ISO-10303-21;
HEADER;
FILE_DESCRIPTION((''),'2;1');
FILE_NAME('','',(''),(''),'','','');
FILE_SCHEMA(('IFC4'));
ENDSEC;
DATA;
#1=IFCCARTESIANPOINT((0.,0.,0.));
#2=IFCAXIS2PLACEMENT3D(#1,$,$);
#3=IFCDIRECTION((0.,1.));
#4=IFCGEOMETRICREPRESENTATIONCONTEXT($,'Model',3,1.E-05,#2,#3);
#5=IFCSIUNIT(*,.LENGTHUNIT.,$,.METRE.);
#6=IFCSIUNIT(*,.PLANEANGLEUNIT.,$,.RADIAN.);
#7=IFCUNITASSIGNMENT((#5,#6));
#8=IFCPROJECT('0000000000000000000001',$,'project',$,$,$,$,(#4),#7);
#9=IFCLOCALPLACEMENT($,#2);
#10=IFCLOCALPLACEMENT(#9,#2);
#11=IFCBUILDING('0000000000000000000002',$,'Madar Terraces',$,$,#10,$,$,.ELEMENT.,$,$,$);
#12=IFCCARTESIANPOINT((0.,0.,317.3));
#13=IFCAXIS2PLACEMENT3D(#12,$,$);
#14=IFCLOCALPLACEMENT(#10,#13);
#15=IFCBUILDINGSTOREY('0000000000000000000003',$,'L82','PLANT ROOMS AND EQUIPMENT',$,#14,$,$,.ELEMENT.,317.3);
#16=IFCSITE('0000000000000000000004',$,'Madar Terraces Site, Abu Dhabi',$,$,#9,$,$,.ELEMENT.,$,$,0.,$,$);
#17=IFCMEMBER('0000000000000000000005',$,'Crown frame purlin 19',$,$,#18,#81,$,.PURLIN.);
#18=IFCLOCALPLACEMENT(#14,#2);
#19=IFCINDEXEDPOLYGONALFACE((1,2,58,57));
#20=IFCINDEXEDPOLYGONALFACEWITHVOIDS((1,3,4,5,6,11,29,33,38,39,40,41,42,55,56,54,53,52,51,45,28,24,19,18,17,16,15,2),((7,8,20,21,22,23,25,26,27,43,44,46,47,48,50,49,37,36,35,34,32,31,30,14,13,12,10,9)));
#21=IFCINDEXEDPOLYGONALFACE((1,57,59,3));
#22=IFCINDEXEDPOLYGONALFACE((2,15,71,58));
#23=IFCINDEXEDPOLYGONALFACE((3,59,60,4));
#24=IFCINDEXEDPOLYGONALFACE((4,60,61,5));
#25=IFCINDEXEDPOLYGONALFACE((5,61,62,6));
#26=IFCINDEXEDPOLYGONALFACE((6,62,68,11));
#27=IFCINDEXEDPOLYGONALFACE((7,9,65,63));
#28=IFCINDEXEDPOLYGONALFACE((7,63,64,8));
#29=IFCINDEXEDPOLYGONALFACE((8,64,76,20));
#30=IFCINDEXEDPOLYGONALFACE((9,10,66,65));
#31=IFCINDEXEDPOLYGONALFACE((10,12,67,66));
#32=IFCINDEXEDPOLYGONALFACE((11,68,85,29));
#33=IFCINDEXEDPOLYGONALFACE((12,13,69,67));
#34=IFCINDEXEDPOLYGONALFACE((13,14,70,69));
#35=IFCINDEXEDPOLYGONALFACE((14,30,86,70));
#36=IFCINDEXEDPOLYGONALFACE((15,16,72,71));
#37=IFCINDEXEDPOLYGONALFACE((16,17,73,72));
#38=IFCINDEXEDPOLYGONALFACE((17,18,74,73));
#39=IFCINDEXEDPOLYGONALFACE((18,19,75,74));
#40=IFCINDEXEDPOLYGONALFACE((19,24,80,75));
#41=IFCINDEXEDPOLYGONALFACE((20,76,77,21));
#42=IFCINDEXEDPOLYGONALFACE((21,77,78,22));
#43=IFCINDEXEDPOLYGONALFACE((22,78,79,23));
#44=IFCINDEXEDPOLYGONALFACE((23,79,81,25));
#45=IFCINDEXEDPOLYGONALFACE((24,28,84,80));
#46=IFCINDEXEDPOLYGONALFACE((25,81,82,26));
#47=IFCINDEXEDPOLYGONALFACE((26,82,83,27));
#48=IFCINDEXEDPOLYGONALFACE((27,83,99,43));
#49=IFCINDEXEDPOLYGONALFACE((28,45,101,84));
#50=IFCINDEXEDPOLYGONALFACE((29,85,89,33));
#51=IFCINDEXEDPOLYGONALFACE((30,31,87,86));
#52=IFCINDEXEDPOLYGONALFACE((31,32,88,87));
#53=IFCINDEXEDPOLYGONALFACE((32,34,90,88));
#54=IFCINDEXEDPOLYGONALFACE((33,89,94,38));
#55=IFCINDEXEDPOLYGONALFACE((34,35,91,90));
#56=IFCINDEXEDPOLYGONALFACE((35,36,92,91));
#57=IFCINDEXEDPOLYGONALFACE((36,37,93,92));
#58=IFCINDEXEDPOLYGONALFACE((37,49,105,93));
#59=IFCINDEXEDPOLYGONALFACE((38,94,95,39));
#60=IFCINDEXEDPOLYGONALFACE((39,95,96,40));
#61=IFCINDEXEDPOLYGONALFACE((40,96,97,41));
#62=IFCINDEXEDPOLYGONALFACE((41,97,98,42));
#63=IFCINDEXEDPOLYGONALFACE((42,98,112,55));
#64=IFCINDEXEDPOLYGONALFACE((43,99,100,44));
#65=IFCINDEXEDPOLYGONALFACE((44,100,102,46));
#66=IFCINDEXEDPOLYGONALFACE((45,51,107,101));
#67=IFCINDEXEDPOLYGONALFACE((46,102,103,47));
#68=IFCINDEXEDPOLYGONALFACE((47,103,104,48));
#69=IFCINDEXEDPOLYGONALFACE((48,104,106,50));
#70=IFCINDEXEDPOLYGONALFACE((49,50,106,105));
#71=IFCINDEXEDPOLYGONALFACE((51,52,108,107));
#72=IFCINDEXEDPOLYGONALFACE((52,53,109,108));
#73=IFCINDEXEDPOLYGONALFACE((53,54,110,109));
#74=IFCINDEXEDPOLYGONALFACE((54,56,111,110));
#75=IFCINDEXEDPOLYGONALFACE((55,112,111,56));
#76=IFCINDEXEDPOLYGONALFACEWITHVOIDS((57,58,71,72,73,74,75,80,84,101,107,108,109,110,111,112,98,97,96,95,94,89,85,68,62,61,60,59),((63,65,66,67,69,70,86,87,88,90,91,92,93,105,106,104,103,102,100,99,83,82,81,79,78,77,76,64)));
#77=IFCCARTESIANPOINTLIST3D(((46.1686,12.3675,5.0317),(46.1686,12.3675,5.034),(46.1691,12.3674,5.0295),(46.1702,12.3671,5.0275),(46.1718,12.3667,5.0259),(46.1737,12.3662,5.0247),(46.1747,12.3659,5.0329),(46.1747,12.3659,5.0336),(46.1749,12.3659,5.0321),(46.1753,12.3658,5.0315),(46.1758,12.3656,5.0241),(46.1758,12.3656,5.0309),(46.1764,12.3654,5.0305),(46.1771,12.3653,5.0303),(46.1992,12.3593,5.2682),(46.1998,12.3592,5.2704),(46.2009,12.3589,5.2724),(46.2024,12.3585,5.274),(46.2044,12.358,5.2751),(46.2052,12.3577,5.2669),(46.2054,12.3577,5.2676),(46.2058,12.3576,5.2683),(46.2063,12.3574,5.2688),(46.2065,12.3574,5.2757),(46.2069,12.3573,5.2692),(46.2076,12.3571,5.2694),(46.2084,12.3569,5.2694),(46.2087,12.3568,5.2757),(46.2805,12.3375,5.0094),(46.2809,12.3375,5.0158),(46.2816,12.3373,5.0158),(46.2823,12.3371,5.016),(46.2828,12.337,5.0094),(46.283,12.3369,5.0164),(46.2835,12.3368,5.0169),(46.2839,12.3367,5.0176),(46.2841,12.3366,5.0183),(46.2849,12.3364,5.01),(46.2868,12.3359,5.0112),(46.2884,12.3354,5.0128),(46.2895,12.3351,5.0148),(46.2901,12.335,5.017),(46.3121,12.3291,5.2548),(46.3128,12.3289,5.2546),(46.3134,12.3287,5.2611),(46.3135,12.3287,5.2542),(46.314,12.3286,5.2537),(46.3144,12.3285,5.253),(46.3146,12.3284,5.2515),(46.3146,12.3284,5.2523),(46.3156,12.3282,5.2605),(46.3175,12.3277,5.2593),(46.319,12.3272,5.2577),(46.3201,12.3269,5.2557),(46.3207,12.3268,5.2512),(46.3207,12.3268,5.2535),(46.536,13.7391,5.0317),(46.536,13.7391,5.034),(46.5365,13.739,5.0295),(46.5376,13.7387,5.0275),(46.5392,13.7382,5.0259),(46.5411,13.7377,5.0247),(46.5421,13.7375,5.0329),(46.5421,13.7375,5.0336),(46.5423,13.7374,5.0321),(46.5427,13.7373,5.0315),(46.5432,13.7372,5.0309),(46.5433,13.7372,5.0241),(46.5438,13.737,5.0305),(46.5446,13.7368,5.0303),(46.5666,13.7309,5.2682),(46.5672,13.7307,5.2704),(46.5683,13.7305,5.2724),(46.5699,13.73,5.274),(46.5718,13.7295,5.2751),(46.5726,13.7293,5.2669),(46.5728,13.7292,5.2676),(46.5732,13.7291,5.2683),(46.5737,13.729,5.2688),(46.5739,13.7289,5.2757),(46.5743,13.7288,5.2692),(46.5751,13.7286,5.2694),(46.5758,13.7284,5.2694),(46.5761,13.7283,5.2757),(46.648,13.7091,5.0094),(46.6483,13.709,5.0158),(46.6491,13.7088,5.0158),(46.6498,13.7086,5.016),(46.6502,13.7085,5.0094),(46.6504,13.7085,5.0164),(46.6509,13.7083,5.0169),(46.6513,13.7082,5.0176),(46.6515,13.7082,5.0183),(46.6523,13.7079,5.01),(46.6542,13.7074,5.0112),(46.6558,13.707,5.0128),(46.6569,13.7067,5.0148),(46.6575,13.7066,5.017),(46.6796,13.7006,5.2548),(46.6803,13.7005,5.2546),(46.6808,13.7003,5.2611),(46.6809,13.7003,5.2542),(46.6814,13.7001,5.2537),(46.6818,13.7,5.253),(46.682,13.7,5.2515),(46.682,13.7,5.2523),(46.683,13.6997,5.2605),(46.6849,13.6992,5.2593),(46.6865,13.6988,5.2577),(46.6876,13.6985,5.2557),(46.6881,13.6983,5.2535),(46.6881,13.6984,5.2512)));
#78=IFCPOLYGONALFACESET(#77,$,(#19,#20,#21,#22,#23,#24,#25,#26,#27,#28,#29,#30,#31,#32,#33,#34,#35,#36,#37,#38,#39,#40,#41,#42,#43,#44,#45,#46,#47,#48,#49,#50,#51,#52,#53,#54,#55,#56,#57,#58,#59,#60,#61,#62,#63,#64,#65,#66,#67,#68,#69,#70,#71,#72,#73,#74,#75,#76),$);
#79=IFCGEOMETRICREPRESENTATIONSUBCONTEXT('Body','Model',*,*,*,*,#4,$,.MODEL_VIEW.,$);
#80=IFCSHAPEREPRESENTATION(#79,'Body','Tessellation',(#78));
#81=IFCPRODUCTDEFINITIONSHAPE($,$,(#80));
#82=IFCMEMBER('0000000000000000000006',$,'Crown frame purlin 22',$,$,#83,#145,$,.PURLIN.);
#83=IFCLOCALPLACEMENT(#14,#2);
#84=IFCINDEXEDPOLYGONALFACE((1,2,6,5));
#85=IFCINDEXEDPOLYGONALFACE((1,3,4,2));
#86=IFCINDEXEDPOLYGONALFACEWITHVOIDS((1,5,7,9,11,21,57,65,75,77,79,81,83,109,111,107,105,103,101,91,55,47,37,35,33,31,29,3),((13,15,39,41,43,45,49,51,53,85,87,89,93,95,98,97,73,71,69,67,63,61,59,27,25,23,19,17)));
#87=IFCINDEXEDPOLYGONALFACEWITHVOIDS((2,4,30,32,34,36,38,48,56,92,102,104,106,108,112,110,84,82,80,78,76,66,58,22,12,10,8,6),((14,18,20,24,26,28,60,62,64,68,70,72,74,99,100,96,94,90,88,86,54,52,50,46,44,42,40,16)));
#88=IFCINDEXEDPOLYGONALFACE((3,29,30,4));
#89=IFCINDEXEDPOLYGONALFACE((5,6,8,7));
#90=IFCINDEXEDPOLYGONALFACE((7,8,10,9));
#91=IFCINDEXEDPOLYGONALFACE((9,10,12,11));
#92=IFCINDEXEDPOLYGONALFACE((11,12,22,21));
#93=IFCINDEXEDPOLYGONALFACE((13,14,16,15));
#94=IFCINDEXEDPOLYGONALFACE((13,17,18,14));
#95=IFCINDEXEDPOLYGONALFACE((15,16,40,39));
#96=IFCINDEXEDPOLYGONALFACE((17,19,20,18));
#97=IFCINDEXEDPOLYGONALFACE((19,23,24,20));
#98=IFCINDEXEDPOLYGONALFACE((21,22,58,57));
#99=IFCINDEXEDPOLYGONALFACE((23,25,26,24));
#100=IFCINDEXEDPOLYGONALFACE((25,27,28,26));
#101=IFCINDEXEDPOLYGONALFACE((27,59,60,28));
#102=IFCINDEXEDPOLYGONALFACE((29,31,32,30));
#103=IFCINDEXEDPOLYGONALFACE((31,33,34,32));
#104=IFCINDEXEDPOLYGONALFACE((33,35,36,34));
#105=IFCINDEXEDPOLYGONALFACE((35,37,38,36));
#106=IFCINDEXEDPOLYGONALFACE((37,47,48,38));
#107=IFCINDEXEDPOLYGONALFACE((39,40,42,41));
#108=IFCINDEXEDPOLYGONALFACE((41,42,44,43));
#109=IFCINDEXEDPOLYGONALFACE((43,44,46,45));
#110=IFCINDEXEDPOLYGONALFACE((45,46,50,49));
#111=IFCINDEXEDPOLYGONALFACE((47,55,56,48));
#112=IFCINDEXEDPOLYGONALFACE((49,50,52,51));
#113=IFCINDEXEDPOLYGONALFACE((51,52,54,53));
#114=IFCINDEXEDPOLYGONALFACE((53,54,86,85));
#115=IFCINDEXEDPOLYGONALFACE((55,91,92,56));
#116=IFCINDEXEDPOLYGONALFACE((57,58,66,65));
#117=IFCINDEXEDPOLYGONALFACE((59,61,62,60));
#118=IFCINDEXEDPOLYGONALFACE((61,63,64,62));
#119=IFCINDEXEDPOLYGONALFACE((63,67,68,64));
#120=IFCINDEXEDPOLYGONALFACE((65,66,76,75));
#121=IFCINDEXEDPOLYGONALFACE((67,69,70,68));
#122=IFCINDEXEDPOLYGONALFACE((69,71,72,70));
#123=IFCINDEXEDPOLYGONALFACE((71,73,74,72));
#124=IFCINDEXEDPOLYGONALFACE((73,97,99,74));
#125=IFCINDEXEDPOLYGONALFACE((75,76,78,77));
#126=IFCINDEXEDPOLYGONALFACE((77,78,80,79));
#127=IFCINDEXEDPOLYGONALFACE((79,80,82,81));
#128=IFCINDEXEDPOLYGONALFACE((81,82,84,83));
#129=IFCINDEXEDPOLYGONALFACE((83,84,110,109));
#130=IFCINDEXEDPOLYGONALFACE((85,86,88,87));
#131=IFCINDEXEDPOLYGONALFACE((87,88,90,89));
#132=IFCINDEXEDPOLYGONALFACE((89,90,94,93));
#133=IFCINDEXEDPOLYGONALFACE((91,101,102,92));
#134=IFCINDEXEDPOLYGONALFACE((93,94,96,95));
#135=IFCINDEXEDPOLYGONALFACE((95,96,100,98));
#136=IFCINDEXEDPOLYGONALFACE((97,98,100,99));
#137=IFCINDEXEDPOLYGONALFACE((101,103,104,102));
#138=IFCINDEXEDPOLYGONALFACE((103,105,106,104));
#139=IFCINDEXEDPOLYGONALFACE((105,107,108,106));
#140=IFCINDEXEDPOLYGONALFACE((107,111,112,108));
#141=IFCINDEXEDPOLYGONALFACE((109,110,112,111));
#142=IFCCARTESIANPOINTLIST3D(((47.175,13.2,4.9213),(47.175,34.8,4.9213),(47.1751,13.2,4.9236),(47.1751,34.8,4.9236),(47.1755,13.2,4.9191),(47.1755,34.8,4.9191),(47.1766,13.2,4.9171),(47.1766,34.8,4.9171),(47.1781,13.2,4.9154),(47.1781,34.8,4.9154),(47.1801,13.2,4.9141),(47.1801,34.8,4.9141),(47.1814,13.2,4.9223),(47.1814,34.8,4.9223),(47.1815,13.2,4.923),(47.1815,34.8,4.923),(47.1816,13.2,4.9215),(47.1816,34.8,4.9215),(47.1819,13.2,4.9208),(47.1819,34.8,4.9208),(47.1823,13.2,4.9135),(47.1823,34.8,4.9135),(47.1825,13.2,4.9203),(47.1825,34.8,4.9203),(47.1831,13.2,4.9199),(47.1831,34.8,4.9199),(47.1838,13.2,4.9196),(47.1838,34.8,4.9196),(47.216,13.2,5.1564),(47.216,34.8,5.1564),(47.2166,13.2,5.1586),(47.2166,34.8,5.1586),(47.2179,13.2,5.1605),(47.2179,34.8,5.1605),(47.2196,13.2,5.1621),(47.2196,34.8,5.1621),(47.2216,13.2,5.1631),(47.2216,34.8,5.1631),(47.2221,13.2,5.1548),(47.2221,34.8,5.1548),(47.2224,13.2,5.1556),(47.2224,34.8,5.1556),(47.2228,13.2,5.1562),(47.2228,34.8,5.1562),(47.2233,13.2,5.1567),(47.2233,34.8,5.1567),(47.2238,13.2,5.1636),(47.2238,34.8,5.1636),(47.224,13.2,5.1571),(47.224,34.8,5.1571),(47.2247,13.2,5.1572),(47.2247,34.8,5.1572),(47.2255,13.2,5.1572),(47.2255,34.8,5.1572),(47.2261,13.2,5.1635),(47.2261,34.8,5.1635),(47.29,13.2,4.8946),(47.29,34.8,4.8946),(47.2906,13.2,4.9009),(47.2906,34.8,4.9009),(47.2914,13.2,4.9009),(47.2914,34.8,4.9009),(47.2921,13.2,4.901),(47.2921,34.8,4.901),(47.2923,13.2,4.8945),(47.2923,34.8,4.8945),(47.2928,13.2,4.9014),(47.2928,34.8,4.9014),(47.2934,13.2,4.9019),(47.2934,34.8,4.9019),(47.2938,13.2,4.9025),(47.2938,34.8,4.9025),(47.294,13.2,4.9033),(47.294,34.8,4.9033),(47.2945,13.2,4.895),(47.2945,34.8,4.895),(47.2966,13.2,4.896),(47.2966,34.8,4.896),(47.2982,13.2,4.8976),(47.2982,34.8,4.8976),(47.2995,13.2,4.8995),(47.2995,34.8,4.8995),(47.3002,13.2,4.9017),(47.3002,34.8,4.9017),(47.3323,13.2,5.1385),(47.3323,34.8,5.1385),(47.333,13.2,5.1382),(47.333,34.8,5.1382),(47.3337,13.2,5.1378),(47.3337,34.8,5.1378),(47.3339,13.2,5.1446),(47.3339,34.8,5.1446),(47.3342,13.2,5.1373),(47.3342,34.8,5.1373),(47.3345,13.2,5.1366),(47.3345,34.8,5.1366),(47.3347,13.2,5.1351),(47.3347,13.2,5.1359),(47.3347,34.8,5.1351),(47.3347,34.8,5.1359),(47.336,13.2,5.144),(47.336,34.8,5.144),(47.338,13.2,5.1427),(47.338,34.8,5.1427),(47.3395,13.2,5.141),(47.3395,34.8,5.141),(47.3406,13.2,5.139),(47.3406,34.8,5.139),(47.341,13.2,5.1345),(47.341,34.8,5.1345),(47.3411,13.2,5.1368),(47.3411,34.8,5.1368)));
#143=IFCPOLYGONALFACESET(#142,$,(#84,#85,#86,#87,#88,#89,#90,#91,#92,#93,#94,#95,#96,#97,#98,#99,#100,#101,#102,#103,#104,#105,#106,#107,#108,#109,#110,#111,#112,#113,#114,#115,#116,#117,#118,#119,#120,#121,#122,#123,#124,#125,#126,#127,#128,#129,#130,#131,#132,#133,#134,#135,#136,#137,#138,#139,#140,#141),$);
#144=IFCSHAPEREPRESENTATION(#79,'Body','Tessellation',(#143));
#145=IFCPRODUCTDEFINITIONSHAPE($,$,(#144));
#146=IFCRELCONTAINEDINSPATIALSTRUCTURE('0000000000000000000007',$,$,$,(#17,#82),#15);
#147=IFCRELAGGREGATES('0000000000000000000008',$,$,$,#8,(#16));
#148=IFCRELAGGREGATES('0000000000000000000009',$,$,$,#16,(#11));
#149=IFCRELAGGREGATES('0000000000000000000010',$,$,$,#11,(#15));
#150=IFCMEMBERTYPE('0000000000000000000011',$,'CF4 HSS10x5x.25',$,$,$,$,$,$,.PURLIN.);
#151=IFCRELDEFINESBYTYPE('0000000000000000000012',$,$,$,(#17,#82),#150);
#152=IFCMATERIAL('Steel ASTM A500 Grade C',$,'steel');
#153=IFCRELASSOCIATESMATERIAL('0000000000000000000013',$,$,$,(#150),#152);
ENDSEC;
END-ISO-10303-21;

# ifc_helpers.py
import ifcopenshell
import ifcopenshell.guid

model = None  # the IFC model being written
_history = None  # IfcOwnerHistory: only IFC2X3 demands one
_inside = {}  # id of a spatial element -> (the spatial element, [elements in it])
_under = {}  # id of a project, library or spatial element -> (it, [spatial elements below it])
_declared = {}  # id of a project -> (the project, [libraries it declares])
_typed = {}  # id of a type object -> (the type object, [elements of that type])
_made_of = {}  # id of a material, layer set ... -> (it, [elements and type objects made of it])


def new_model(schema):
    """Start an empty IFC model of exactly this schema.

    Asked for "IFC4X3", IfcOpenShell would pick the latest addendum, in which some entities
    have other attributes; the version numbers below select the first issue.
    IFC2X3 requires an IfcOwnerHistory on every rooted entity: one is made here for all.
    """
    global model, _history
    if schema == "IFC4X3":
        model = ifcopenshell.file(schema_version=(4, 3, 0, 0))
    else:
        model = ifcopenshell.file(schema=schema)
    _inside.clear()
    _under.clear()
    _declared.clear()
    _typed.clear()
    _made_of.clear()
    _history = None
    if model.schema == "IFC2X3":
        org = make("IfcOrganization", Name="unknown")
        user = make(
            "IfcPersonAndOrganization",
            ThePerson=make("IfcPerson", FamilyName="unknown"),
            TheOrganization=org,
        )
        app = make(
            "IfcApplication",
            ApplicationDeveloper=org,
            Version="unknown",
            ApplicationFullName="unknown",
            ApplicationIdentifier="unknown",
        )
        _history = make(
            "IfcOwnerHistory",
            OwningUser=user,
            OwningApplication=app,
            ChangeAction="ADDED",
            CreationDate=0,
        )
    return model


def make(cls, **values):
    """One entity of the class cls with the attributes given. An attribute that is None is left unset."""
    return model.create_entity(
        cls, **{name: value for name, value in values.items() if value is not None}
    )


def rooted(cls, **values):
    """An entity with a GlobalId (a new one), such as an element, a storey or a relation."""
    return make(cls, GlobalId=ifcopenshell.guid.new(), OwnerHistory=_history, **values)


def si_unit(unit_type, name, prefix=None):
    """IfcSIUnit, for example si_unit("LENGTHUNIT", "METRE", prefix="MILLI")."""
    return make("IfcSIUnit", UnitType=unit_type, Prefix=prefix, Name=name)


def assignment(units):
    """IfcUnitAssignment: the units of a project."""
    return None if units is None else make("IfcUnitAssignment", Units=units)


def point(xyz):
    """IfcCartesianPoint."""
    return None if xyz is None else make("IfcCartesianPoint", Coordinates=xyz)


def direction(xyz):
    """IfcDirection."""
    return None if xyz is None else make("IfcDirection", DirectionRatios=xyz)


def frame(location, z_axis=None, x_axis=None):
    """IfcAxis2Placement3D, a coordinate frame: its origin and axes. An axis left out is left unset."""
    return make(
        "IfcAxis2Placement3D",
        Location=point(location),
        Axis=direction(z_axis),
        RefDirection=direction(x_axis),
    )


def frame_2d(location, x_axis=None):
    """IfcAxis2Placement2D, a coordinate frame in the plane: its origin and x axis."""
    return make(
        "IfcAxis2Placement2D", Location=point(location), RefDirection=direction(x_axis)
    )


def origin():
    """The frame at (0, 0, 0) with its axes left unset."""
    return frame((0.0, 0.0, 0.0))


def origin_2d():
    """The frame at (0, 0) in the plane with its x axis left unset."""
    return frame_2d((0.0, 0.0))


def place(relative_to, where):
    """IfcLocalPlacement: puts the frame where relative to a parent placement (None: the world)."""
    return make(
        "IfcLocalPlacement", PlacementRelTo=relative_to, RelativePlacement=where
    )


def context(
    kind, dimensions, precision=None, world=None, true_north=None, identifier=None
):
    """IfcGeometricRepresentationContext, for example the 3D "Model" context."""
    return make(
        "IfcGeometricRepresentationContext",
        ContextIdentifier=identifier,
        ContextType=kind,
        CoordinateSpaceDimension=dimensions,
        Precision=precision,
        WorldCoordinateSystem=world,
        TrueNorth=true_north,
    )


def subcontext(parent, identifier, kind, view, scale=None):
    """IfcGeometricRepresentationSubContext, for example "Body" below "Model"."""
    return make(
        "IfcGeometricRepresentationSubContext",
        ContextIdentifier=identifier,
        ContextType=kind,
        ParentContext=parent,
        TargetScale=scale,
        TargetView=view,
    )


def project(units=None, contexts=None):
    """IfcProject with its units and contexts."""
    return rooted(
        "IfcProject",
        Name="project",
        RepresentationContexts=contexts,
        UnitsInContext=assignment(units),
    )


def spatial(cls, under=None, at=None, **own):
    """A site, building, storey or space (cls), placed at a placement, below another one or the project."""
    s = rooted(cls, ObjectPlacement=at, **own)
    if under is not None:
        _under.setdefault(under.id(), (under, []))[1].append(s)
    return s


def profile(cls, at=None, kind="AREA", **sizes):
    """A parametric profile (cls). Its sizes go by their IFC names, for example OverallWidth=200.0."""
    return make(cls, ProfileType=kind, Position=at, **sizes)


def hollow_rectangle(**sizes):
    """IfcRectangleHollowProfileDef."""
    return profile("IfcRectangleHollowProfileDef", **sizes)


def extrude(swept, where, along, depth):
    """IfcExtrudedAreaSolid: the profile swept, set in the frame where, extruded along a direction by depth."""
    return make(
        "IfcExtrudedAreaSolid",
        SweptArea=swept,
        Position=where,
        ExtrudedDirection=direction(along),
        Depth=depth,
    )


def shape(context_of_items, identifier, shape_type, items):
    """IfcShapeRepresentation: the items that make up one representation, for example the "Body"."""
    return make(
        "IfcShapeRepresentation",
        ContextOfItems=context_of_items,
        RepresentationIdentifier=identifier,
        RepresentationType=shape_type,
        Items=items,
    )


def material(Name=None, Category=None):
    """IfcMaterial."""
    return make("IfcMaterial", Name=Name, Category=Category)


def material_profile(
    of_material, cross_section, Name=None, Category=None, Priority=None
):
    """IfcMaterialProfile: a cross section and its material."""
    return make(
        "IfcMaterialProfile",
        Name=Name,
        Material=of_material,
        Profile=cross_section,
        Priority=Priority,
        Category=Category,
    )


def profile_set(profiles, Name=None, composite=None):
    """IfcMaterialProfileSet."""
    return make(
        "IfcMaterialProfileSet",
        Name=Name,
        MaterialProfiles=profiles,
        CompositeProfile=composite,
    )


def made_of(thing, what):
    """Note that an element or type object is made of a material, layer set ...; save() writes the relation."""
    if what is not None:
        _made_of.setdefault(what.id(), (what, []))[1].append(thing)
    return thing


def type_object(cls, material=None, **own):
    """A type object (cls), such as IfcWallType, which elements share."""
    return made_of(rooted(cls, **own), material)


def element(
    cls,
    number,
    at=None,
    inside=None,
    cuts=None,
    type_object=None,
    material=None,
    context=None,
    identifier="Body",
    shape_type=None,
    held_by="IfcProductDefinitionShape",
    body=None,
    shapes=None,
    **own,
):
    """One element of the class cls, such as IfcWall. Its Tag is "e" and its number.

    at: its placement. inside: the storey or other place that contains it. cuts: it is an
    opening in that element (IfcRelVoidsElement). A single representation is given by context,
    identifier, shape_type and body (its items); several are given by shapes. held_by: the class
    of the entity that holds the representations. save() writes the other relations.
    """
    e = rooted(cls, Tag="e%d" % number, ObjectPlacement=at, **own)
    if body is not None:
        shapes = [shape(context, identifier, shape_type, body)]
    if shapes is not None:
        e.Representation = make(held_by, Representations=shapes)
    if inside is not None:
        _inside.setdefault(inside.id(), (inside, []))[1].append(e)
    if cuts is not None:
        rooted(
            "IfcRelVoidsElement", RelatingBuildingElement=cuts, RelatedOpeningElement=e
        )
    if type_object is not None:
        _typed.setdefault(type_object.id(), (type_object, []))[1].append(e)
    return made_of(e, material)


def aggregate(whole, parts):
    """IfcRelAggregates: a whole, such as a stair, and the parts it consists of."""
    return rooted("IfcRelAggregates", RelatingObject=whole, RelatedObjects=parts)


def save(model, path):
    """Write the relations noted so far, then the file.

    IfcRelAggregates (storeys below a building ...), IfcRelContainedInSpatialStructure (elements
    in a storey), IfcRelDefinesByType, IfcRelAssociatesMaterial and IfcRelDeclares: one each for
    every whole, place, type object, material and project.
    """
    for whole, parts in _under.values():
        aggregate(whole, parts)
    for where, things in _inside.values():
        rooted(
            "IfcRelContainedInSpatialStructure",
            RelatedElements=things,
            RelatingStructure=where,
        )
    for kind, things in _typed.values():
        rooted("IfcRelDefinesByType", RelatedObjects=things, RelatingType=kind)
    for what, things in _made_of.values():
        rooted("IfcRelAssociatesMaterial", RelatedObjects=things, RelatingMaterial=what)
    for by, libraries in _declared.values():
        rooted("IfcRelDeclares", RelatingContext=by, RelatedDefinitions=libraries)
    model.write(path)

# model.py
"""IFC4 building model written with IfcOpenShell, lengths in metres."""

from ifc_helpers import new_model, si_unit, direction, frame, origin, origin_2d, place, context, subcontext, project, spatial, hollow_rectangle, extrude, material, material_profile, profile_set, type_object, element, save


model = new_model("IFC4")

# Units and contexts
model_context = context("Model", 3, precision=1e-05, world=origin(), true_north=direction((0.0, 1.0)))
body_context = subcontext(model_context, "Body", "Model", "MODEL_VIEW")
ifc_project = project(units=[si_unit("LENGTHUNIT", "METRE"), si_unit("PLANEANGLEUNIT", "RADIAN")], contexts=[model_context])

# Site, building, storey
site_placement = place(None, origin())
site = spatial("IfcSite", under=ifc_project, at=site_placement, Name="Madar Terraces Site, Abu Dhabi", CompositionType="ELEMENT", RefElevation=0.0)
building_placement = place(site_placement, origin())
building = spatial("IfcBuilding", under=site, at=building_placement, Name="Madar Terraces", CompositionType="ELEMENT")
storey_placement = place(building_placement, frame((0.0, 0.0, 317.3)))
storey = spatial("IfcBuildingStorey", under=building, at=storey_placement, Name="L82", Description="PLANT ROOMS AND EQUIPMENT", CompositionType="ELEMENT", Elevation=317.3)

# Members
ifc_material_1 = material(Name="Steel ASTM A500 Grade C", Category="steel")
ifc_material_profile_1 = material_profile(ifc_material_1, hollow_rectangle(XDim=0.127, YDim=0.2539, WallThickness=0.0063, InnerFilletRadius=0.0029, OuterFilletRadius=0.0088, at=origin_2d()), Name="HSS10x5x.25")
ifc_profile_set_1 = profile_set([ifc_material_profile_1], Name="Steel ASTM A500 Grade C")
member_type_1 = type_object("IfcMemberType", Name="CF4 HSS10x5x.25", PredefinedType="PURLIN", material=ifc_profile_set_1)
member_1_placement = place(storey_placement, frame((46.2446, 12.3472, 5.1426), z_axis=(0.258765, 0.96594, 0.0), x_axis=(-0.957218, 0.256428, 0.134086)))
element("IfcMember", 1, at=member_1_placement, inside=storey, type_object=member_type_1, Name="Crown frame purlin 19", PredefinedType="PURLIN", context=body_context, shape_type="SweptSolid", body=[
    extrude(hollow_rectangle(XDim=0.127, YDim=0.2539, WallThickness=0.0063, InnerFilletRadius=0.0029, OuterFilletRadius=0.0088, at=origin_2d()), origin(), (0.0, 0.0, 1.0), 1.4199),
])
member_2_placement = place(storey_placement, frame((47.2581, 13.2, 5.0291), z_axis=(0.0, 1.0, 0.0), x_axis=(-0.984957, 0.0, 0.172799)))
element("IfcMember", 2, at=member_2_placement, inside=storey, type_object=member_type_1, Name="Crown frame purlin 22", PredefinedType="PURLIN", context=body_context, shape_type="SweptSolid", body=[
    extrude(hollow_rectangle(XDim=0.127, YDim=0.2539, WallThickness=0.0063, InnerFilletRadius=0.0029, OuterFilletRadius=0.0088, at=origin_2d()), origin(), (0.0, 0.0, 1.0), 21.6001),
])

save(model, "model.ifc")
